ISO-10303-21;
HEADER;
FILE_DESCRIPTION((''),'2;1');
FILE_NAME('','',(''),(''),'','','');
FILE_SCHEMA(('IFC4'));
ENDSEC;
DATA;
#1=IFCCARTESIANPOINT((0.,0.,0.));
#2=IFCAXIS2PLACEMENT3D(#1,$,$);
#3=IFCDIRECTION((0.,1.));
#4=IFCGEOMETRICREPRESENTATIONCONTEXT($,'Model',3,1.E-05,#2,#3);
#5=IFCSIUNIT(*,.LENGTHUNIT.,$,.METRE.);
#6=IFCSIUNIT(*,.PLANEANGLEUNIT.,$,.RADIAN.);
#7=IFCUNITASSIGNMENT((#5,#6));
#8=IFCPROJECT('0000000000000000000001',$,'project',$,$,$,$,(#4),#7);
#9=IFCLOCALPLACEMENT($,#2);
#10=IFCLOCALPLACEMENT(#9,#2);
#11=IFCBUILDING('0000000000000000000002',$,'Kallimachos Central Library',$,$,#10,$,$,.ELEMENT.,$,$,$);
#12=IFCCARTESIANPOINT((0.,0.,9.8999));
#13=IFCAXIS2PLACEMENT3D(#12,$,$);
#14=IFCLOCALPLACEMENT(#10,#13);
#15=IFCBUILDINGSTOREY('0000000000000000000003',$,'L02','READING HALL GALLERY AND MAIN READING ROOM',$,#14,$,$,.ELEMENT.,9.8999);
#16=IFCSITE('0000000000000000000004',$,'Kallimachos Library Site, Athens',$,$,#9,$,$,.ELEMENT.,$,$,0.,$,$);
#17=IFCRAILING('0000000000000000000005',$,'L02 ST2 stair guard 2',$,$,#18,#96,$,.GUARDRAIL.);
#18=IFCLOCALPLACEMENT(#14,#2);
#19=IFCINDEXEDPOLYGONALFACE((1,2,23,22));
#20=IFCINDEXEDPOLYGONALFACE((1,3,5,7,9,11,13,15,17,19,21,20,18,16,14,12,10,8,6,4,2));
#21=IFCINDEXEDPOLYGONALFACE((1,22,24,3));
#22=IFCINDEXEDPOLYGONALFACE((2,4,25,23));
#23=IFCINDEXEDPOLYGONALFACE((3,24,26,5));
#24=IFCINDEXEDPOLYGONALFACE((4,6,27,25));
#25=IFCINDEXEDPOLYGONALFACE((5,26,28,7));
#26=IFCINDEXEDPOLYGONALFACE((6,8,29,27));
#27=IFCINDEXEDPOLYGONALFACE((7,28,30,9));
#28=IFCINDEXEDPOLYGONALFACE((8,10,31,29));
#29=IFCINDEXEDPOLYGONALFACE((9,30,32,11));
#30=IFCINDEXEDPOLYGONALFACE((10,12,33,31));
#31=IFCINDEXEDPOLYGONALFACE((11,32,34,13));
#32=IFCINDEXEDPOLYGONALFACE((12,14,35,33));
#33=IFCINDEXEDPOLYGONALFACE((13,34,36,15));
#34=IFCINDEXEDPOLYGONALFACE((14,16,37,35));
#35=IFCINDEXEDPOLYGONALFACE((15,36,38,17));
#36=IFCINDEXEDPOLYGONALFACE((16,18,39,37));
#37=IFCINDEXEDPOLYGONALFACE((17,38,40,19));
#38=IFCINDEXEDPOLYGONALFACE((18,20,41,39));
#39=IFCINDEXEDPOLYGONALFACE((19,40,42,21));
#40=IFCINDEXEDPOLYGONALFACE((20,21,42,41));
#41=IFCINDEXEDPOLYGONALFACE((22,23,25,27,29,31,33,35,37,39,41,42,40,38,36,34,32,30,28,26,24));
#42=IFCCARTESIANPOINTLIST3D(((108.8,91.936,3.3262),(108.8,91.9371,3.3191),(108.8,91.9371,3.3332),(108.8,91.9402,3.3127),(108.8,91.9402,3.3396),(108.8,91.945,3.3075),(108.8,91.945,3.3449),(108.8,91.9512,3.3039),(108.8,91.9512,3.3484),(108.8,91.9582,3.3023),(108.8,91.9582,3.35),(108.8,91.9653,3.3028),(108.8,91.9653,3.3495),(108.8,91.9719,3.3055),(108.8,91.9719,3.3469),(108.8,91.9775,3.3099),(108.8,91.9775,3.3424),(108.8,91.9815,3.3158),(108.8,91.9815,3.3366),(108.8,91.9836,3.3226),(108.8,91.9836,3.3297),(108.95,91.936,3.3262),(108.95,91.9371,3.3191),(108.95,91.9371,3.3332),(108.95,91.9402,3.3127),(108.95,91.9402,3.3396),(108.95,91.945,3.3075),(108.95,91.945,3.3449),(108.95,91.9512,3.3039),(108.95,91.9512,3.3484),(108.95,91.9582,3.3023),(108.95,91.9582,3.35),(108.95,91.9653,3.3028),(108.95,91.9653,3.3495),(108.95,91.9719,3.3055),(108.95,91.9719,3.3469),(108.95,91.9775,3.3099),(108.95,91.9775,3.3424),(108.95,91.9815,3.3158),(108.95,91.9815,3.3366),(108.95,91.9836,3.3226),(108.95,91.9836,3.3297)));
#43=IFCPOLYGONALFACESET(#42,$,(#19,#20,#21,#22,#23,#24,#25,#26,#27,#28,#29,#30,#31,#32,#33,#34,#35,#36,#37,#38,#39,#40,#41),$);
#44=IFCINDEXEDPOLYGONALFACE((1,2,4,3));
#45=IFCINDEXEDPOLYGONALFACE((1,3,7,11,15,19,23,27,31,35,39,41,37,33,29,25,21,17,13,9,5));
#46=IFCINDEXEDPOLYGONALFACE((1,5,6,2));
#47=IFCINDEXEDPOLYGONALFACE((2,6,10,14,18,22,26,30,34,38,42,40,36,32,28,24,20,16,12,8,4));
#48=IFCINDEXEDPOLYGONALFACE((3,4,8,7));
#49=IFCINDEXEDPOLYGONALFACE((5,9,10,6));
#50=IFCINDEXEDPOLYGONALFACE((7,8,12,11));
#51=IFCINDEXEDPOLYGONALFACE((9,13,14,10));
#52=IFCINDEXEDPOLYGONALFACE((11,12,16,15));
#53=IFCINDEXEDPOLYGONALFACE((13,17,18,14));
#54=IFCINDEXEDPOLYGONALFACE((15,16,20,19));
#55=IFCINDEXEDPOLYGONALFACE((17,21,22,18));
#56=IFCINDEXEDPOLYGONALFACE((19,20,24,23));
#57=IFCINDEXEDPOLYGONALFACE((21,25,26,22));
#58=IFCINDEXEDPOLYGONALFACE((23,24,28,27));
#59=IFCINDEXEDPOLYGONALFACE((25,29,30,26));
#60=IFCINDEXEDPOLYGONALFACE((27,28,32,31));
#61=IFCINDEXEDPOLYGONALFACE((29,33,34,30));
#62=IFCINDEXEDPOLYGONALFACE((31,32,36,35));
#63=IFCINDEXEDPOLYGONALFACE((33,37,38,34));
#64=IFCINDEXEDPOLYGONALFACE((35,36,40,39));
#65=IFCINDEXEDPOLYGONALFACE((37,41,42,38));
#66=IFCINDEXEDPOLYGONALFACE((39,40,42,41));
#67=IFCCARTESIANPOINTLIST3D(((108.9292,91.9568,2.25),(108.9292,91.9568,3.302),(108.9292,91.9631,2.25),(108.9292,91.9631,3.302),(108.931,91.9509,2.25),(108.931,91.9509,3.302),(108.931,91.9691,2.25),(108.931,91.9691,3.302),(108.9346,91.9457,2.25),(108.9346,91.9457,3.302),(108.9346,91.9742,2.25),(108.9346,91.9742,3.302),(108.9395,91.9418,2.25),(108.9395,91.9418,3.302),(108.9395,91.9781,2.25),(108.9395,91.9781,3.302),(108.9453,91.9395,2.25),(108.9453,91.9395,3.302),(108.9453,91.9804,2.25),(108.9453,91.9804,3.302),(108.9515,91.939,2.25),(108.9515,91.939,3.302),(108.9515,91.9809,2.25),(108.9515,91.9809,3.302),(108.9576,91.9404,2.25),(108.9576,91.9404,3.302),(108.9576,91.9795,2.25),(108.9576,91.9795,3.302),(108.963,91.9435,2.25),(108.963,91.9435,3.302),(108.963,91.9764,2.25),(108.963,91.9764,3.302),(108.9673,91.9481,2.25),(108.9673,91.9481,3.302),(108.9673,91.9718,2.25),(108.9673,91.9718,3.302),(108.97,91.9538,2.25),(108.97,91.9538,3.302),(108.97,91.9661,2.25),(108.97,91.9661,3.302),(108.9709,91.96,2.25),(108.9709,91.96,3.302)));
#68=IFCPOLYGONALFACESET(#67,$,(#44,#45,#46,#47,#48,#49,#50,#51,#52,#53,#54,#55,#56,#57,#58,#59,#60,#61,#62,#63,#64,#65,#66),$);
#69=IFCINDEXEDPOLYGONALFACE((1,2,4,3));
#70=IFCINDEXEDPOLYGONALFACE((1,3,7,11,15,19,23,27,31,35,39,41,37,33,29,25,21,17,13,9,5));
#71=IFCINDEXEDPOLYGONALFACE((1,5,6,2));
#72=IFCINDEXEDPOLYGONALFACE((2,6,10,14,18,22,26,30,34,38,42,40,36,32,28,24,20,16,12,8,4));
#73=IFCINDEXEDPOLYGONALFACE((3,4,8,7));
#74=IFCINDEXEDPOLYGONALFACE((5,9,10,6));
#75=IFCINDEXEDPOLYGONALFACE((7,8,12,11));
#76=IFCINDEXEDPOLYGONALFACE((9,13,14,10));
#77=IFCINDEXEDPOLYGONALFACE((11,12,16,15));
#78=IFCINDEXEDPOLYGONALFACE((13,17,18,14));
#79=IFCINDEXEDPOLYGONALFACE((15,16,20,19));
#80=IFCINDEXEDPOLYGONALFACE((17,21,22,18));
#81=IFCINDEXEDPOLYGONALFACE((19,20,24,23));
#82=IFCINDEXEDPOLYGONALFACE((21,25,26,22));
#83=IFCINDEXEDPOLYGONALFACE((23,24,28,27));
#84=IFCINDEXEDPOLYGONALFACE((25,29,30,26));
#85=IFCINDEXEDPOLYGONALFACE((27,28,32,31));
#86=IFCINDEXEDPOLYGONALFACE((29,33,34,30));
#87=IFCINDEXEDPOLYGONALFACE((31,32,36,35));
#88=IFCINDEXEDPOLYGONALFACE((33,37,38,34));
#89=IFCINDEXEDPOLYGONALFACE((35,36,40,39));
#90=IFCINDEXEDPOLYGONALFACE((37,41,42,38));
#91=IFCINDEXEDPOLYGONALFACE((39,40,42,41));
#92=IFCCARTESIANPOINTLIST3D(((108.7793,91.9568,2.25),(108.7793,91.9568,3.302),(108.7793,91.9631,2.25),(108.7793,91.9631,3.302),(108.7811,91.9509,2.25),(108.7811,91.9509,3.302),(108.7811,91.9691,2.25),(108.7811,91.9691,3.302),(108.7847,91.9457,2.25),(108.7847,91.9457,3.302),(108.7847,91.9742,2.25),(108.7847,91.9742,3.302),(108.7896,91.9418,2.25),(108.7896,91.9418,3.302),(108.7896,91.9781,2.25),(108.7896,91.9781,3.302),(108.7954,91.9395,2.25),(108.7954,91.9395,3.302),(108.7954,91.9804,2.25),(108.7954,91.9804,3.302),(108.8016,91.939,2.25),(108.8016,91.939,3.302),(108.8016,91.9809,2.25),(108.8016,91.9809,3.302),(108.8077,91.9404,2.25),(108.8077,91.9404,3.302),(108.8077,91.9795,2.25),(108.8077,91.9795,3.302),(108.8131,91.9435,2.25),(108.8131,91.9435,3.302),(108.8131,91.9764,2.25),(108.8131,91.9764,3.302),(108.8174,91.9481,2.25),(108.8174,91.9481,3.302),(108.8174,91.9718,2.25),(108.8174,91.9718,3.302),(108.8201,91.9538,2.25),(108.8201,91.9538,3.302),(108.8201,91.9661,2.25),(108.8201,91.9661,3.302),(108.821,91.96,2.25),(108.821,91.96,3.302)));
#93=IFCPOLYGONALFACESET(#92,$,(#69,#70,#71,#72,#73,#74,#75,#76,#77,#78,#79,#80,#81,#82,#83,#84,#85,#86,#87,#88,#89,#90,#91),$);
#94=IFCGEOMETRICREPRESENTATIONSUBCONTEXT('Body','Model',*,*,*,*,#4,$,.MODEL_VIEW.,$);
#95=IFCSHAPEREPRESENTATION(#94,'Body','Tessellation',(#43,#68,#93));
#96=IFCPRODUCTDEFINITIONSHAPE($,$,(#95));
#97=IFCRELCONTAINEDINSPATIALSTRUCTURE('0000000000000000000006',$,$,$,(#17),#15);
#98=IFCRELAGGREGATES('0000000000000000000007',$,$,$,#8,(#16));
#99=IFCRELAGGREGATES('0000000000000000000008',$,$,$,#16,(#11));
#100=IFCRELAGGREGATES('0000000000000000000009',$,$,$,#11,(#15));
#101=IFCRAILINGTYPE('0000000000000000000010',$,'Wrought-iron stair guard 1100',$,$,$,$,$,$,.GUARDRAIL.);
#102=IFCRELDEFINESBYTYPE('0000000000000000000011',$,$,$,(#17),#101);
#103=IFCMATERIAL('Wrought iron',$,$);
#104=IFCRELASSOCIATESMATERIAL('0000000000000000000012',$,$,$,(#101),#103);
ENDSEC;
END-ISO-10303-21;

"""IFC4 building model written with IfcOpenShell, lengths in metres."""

from ifc_helpers import new_model, si_unit, direction, frame, origin, origin_2d, place, context, subcontext, project, spatial, circle, extrude, material, type_object, element, save


model = new_model("IFC4")

# Units and contexts
model_context = context("Model", 3, precision=1e-05, world=origin(), true_north=direction((0.0, 1.0)))
body_context = subcontext(model_context, "Body", "Model", "MODEL_VIEW")
ifc_project = project(units=[si_unit("LENGTHUNIT", "METRE"), si_unit("PLANEANGLEUNIT", "RADIAN")], contexts=[model_context])

# Site, building, storey
site_placement = place(None, origin())
site = spatial("IfcSite", under=ifc_project, at=site_placement, Name="Kallimachos Library Site, Athens", CompositionType="ELEMENT", RefElevation=0.0)
building_placement = place(site_placement, origin())
building = spatial("IfcBuilding", under=site, at=building_placement, Name="Kallimachos Central Library", CompositionType="ELEMENT")
storey_placement = place(building_placement, frame((0.0, 0.0, 9.8999)))
storey = spatial("IfcBuildingStorey", under=building, at=storey_placement, Name="L02", Description="READING HALL GALLERY AND MAIN READING ROOM", CompositionType="ELEMENT", Elevation=9.8999)

# Railing
ifc_material_1 = material(Name="Wrought iron")
railing_type_1 = type_object("IfcRailingType", Name="Wrought-iron stair guard 1100", PredefinedType="GUARDRAIL", material=ifc_material_1)
railing_1_placement = place(storey_placement, frame((108.95, 91.96, 2.25)))
element("IfcRailing", 1, at=railing_1_placement, inside=storey, type_object=railing_type_1, Name="L02 ST2 stair guard 2", PredefinedType="GUARDRAIL", context=body_context, shape_type="SweptSolid", body=[
    extrude(circle(Radius=0.0239, at=origin_2d()), frame((0.0, 0.0, 1.0762), z_axis=(-1.0, 0.0, 0.0), x_axis=(0.0, -1.0, 0.0)), (0.0, 0.0, 1.0), 0.1499),
    extrude(circle(Radius=0.021, at=origin_2d()), origin(), (0.0, 0.0, 1.0), 1.052),
    extrude(circle(Radius=0.021, at=origin_2d()), frame((-0.1499, 0.0, 0.0)), (0.0, 0.0, 1.0), 1.052),
])

save(model, "model.ifc")
